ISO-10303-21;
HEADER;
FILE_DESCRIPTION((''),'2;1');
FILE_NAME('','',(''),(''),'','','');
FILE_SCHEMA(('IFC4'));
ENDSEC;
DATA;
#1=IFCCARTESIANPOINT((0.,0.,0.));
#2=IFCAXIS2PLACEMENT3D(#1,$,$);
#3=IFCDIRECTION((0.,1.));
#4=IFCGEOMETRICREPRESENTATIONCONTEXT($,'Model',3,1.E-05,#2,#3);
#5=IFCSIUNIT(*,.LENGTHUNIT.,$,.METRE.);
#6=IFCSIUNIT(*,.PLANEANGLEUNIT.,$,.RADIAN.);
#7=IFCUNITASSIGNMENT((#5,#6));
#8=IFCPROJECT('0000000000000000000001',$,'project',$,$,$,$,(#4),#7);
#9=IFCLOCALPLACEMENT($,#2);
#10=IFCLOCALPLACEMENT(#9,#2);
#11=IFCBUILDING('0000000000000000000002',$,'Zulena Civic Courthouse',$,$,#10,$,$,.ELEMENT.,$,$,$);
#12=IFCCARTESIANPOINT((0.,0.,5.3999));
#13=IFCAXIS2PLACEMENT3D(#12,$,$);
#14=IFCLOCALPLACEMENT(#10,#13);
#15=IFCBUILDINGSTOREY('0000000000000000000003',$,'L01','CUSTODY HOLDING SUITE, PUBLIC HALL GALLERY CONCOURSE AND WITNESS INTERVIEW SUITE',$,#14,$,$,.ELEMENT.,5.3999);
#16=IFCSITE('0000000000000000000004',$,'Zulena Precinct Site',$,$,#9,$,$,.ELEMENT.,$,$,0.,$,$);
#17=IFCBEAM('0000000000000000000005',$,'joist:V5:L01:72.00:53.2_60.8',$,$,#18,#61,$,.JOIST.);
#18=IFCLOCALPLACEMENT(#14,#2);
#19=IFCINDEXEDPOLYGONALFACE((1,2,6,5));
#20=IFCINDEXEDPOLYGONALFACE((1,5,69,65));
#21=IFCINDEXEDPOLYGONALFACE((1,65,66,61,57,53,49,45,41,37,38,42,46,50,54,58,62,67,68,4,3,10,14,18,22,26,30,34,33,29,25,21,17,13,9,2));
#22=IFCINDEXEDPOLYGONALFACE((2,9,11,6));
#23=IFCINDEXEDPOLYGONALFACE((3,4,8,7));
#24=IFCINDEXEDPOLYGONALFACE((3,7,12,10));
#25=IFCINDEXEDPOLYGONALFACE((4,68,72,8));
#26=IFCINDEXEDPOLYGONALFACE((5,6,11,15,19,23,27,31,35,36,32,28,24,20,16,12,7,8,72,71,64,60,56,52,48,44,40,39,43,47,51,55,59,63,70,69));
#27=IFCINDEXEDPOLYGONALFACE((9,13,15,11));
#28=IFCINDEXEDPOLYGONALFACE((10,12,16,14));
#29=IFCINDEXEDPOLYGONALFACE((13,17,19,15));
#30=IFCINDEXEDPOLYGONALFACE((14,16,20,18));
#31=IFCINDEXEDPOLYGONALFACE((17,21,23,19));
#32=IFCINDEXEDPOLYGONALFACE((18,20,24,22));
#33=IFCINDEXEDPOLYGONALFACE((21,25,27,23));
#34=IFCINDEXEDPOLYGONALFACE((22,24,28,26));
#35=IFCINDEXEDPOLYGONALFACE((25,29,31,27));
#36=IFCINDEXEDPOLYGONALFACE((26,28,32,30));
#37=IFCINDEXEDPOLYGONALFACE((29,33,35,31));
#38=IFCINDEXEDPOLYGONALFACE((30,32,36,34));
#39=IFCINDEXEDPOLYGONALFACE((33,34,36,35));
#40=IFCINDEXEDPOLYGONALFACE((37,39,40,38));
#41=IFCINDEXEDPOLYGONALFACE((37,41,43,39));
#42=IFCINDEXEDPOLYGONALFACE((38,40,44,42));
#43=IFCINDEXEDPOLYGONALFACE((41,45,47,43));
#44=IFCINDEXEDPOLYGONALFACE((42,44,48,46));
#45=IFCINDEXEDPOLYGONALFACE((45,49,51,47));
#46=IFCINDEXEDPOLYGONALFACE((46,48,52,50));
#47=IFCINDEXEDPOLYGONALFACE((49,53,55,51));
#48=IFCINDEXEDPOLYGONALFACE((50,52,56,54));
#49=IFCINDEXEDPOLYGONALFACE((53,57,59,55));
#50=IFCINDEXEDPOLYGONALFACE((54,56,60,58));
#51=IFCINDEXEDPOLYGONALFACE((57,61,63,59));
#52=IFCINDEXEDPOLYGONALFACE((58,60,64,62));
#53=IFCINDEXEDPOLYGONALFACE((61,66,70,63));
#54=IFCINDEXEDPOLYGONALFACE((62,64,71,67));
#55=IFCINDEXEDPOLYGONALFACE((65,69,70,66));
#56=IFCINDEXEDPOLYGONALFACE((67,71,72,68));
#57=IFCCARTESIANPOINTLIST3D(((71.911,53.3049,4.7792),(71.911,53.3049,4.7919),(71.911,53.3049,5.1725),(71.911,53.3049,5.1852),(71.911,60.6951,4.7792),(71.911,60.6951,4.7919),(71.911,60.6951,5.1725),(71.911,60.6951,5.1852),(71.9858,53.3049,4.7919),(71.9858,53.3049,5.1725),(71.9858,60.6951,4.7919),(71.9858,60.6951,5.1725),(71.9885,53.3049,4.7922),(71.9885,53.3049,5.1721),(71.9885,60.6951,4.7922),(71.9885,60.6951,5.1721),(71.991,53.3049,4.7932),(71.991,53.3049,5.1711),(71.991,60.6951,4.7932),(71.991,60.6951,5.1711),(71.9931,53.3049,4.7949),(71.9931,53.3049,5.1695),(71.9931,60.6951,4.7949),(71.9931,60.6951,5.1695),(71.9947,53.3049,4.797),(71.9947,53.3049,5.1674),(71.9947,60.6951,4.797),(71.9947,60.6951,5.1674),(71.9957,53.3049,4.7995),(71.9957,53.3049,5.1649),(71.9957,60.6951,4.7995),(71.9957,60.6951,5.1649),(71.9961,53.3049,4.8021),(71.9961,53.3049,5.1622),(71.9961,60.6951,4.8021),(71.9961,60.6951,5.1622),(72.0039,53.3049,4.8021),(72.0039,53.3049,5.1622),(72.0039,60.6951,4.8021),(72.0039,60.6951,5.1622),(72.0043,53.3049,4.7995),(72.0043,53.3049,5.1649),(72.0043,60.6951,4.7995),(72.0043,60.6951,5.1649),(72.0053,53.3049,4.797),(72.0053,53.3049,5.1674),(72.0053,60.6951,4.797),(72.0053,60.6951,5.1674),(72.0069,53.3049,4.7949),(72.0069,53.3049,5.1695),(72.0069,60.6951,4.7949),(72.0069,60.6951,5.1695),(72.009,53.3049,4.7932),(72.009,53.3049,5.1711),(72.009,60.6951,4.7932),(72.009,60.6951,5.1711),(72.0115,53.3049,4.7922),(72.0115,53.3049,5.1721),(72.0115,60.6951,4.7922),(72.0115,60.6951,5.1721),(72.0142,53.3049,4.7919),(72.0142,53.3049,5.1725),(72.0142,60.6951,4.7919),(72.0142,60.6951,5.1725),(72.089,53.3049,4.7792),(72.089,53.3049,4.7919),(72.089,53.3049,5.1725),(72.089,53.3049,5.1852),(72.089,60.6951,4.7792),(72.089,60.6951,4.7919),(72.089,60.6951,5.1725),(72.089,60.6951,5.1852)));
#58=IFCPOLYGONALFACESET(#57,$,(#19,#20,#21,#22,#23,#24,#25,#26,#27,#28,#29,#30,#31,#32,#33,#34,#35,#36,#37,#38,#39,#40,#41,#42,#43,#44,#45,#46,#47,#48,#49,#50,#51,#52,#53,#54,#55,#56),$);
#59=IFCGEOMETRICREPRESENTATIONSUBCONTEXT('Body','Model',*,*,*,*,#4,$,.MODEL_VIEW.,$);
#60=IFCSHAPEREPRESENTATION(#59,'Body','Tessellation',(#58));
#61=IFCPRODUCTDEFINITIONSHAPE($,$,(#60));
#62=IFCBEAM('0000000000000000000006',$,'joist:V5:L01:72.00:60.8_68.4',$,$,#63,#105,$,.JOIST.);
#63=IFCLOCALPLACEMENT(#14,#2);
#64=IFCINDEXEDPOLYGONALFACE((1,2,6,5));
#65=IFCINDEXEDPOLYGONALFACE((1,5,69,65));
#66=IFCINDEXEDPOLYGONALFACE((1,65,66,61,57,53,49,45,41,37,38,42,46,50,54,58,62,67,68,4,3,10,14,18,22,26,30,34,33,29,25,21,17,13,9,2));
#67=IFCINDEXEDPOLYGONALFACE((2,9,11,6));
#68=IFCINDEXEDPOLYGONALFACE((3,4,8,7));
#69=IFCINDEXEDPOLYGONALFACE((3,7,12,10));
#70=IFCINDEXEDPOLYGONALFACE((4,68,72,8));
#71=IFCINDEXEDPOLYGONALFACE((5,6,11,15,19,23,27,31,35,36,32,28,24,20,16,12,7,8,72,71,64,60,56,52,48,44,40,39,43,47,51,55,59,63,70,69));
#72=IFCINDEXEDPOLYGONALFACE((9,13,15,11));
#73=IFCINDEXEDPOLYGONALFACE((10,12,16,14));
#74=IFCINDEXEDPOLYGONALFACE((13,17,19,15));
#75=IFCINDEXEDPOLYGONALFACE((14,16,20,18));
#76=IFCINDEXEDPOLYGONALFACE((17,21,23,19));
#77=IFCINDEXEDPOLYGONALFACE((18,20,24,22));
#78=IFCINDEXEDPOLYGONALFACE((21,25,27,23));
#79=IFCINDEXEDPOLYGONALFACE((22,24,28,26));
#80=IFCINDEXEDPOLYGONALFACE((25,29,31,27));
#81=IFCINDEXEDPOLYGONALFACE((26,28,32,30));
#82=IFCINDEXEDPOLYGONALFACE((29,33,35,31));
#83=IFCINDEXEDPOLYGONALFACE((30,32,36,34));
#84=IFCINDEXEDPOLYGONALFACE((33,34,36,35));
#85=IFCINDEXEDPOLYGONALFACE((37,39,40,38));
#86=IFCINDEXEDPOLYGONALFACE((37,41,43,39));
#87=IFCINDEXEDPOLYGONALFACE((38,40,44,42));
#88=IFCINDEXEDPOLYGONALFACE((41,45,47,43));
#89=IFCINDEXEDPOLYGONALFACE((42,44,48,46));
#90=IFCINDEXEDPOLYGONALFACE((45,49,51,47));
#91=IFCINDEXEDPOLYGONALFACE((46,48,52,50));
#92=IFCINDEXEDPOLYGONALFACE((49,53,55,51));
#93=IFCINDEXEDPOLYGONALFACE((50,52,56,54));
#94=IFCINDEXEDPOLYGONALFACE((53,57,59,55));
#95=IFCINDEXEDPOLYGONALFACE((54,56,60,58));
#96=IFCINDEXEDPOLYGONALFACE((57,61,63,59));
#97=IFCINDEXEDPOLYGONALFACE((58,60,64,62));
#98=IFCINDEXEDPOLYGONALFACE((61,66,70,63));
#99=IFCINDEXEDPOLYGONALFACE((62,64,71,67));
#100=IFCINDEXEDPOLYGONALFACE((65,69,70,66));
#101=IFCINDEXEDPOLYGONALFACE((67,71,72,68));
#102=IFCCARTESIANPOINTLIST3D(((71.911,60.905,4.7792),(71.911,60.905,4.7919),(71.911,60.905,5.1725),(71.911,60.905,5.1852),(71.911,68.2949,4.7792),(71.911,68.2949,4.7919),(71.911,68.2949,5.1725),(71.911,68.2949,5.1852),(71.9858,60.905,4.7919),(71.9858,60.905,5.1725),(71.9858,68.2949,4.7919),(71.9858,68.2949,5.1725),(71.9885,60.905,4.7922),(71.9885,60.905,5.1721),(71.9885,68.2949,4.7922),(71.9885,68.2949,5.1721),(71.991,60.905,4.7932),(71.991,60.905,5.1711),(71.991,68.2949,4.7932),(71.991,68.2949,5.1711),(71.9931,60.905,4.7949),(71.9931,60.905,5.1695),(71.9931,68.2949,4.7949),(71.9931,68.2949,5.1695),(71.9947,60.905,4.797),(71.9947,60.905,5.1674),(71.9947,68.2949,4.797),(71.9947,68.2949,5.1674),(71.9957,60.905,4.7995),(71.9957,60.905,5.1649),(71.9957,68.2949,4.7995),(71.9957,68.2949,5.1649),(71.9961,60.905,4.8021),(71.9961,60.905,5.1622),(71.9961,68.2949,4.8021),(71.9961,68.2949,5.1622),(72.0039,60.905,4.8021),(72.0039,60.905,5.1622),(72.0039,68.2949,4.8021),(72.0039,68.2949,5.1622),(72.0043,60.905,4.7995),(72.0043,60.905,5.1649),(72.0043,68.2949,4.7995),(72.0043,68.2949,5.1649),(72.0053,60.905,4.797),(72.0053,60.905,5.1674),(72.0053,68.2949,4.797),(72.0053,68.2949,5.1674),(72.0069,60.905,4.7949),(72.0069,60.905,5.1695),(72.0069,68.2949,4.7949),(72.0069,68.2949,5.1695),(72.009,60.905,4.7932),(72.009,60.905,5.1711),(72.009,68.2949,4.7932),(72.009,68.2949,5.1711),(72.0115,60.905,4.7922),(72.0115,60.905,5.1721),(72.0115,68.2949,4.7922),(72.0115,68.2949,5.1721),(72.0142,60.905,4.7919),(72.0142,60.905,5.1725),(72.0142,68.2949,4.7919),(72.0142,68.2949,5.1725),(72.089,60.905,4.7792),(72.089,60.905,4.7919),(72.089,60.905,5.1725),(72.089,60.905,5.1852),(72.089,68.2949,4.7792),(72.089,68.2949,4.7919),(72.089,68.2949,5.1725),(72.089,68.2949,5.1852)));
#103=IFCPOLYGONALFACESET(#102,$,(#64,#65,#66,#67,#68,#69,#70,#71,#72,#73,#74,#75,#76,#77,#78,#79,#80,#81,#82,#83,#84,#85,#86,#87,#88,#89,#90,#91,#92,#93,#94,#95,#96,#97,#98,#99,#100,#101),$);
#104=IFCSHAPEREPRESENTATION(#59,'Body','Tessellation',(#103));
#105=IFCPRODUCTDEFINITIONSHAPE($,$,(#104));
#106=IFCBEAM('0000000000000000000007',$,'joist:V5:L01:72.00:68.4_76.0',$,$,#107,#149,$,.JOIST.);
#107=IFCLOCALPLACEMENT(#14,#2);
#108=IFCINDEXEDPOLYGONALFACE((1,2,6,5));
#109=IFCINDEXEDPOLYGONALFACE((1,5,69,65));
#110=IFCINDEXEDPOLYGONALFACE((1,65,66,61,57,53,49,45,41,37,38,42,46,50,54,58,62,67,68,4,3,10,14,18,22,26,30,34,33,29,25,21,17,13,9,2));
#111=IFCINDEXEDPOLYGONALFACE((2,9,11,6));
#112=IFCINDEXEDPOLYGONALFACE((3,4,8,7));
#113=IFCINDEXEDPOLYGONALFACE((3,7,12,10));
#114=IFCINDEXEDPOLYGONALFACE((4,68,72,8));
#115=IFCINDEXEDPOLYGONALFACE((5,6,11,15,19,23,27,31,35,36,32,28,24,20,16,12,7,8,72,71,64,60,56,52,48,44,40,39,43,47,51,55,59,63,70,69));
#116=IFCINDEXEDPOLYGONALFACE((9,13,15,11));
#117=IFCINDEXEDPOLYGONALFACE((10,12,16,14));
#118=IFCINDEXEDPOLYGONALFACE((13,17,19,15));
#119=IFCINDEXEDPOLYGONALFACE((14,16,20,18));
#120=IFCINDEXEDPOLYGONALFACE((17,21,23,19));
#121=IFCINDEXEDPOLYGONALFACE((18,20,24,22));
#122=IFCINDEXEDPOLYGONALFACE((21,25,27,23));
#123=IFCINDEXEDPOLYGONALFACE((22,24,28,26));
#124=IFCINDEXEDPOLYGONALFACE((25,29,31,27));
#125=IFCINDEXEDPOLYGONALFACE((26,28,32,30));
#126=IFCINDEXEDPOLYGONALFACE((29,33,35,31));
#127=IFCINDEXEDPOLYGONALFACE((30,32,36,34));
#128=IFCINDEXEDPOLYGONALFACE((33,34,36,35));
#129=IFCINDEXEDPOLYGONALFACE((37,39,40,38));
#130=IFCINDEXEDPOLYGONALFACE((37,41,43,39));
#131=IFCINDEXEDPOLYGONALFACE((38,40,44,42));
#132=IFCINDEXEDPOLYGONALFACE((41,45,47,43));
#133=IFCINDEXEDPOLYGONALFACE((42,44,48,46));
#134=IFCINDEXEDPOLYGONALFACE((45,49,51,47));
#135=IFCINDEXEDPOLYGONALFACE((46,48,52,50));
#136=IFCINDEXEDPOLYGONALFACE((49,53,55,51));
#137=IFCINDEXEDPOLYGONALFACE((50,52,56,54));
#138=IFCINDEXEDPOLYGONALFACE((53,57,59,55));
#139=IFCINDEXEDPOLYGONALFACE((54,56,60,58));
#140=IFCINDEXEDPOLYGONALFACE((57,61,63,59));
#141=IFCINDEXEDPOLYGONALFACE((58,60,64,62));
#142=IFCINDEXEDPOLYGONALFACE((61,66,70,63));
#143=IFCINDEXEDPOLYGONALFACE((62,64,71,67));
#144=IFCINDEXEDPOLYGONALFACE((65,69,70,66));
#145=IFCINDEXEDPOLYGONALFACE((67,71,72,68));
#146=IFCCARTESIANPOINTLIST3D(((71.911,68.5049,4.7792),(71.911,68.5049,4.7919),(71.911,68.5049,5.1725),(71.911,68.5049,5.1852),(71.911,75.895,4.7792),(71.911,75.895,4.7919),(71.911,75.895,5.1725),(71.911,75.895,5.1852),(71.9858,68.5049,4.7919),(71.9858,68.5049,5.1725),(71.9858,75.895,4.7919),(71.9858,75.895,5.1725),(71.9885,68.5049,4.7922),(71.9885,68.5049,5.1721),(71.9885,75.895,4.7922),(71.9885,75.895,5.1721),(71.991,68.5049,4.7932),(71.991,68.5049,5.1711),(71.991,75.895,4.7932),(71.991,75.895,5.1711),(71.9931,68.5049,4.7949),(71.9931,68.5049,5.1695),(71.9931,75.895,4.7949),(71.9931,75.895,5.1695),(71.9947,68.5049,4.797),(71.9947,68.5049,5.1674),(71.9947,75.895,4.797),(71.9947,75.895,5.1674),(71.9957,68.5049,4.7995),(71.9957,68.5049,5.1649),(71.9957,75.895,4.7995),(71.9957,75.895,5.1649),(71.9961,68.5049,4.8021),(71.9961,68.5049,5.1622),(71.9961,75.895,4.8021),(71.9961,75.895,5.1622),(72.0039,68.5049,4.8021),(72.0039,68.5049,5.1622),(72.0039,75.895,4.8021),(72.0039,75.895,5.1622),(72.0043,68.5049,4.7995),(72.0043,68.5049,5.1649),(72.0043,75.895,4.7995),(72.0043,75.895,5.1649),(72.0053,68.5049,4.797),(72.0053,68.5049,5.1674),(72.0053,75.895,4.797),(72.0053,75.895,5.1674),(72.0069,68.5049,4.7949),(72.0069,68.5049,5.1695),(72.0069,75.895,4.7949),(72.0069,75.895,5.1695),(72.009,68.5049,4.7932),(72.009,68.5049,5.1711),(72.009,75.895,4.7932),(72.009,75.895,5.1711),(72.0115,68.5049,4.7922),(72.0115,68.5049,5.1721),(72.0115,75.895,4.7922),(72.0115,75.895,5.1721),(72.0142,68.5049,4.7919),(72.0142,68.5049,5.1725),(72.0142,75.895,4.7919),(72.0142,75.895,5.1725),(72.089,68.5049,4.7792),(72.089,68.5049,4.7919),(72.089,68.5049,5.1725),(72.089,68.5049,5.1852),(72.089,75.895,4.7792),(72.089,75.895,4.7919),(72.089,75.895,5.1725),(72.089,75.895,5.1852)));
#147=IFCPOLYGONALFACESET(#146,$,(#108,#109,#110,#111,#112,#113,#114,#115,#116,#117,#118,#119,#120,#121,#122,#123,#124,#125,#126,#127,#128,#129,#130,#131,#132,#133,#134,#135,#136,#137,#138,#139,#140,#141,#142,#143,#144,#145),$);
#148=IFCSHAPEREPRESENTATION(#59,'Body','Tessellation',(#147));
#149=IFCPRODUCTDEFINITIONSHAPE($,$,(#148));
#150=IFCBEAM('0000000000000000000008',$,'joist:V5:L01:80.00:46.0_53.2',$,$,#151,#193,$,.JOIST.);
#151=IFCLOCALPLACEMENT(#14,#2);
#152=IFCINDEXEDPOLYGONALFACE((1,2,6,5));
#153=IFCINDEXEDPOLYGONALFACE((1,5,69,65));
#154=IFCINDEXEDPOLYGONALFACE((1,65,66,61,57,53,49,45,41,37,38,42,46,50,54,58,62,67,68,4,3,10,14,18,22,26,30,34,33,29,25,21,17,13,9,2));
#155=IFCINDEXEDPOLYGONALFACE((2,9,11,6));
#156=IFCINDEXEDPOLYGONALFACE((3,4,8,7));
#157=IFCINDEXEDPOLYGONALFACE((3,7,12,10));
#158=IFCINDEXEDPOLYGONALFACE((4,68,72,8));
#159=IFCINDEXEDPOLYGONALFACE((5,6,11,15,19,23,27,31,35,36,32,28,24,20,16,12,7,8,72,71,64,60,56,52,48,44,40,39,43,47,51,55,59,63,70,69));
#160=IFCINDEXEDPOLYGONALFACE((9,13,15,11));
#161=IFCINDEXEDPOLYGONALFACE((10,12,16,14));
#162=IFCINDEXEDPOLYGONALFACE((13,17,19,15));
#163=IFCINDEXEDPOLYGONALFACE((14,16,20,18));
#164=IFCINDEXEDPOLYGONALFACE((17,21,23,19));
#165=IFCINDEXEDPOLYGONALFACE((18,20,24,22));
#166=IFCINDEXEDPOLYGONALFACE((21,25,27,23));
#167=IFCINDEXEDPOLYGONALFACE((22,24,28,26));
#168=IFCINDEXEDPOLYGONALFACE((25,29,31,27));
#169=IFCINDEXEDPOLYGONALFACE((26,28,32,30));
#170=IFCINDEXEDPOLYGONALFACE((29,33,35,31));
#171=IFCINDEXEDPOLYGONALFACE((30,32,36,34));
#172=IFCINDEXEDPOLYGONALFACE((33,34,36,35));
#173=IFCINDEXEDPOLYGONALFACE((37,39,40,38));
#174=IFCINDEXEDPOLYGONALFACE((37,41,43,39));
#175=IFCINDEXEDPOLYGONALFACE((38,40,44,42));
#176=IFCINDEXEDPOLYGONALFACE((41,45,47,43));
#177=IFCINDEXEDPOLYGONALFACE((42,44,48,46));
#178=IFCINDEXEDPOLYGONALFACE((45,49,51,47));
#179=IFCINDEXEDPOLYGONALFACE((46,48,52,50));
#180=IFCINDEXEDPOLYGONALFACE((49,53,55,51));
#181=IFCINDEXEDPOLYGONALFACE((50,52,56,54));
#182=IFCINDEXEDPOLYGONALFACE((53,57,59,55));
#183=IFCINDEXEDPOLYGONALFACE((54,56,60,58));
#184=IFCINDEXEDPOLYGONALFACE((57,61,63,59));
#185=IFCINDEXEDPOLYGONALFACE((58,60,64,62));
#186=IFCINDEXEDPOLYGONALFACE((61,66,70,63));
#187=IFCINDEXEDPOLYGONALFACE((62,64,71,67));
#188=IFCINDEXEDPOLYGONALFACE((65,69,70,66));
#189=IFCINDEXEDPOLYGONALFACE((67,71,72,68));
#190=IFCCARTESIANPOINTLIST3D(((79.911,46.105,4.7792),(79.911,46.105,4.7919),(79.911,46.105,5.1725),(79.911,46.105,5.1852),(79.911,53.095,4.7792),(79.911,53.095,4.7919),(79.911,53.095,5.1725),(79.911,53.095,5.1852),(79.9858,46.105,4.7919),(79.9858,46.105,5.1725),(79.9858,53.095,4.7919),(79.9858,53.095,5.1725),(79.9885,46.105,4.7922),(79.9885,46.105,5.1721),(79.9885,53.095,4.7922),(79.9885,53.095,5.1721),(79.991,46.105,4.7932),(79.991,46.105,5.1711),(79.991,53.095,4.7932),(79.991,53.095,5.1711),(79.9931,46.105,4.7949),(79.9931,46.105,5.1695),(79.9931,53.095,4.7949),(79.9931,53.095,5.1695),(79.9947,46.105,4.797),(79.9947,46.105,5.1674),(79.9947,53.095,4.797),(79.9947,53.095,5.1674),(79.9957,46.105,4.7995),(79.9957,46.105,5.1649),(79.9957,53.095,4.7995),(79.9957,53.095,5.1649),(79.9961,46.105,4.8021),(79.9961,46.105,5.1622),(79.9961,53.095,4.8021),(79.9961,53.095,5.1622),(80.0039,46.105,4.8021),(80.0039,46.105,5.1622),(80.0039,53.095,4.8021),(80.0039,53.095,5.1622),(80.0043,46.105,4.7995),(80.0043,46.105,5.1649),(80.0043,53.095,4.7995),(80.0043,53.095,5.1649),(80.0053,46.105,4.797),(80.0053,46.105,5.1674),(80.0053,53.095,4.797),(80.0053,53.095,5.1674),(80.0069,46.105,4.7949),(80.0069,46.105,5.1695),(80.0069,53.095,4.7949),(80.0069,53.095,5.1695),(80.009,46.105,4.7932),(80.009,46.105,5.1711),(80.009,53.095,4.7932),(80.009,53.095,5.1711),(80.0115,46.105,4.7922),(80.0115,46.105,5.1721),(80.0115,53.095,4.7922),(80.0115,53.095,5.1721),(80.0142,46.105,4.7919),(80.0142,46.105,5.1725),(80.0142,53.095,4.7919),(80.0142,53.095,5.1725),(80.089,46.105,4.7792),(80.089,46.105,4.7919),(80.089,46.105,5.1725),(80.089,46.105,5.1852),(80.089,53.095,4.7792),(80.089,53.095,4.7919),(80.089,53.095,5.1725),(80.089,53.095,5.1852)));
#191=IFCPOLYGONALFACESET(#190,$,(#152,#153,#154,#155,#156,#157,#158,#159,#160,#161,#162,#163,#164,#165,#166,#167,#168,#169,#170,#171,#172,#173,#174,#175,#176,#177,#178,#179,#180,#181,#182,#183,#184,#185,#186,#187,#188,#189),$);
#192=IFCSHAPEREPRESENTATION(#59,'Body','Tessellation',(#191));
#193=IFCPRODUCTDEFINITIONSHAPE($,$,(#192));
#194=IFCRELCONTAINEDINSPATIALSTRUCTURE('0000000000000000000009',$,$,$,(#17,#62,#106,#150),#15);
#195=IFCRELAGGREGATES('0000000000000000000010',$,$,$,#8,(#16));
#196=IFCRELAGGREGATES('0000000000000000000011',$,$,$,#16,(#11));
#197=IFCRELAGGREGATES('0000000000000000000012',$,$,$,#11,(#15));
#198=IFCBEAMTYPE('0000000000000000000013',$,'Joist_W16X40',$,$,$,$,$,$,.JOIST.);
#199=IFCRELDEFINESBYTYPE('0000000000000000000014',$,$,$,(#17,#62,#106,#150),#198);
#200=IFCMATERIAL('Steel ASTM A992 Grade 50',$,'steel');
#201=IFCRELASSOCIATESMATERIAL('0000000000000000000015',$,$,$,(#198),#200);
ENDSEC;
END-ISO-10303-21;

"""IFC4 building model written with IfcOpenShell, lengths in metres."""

from ifc_helpers import new_model, si_unit, direction, frame, origin, origin_2d, place, context, subcontext, project, spatial, i_section, extrude, material, material_profile, profile_set, type_object, element, save


model = new_model("IFC4")

# Units and contexts
model_context = context("Model", 3, precision=1e-05, world=origin(), true_north=direction((0.0, 1.0)))
body_context = subcontext(model_context, "Body", "Model", "MODEL_VIEW")
ifc_project = project(units=[si_unit("LENGTHUNIT", "METRE"), si_unit("PLANEANGLEUNIT", "RADIAN")], contexts=[model_context])

# Site, building, storey
site_placement = place(None, origin())
site = spatial("IfcSite", under=ifc_project, at=site_placement, Name="Zulena Precinct Site", CompositionType="ELEMENT", RefElevation=0.0)
building_placement = place(site_placement, origin())
building = spatial("IfcBuilding", under=site, at=building_placement, Name="Zulena Civic Courthouse", CompositionType="ELEMENT")
storey_placement = place(building_placement, frame((0.0, 0.0, 5.3999)))
storey = spatial("IfcBuildingStorey", under=building, at=storey_placement, Name="L01", Description="CUSTODY HOLDING SUITE, PUBLIC HALL GALLERY CONCOURSE AND WITNESS INTERVIEW SUITE", CompositionType="ELEMENT", Elevation=5.3999)

# Shared definitions
ifc_material_1 = material(Name="Steel ASTM A992 Grade 50", Category="steel")

# Beams
ifc_material_profile_1 = material_profile(ifc_material_1, i_section(OverallWidth=0.178, OverallDepth=0.406, WebThickness=0.0078, FlangeThickness=0.0127, FilletRadius=0.0103, at=origin_2d()), Name="W16X40")
ifc_profile_set_1 = profile_set([ifc_material_profile_1], Name="Steel ASTM A992 Grade 50")
beam_type_1 = type_object("IfcBeamType", Name="Joist_W16X40", PredefinedType="JOIST", material=ifc_profile_set_1)
beam_1_placement = place(storey_placement, frame((72.0, 53.3049, 4.9822), z_axis=(0.0, 1.0, 0.0), x_axis=(-1.0, 0.0, 0.0)))
element("IfcBeam", 1, at=beam_1_placement, inside=storey, type_object=beam_type_1, Name="joist:V5:L01:72.00:53.2_60.8", PredefinedType="JOIST", context=body_context, shape_type="SweptSolid", body=[
    extrude(i_section(OverallWidth=0.178, OverallDepth=0.406, WebThickness=0.0078, FlangeThickness=0.0127, FilletRadius=0.0103, at=origin_2d()), origin(), (0.0, 0.0, 1.0), 7.3901),
])
beam_2_placement = place(storey_placement, frame((72.0, 60.905, 4.9822), z_axis=(0.0, 1.0, 0.0), x_axis=(-1.0, 0.0, 0.0)))
element("IfcBeam", 2, at=beam_2_placement, inside=storey, type_object=beam_type_1, Name="joist:V5:L01:72.00:60.8_68.4", PredefinedType="JOIST", context=body_context, shape_type="SweptSolid", body=[
    extrude(i_section(OverallWidth=0.178, OverallDepth=0.406, WebThickness=0.0078, FlangeThickness=0.0127, FilletRadius=0.0103, at=origin_2d()), origin(), (0.0, 0.0, 1.0), 7.3899),
])
beam_3_placement = place(storey_placement, frame((72.0, 68.5049, 4.9822), z_axis=(0.0, 1.0, 0.0), x_axis=(-1.0, 0.0, 0.0)))
element("IfcBeam", 3, at=beam_3_placement, inside=storey, type_object=beam_type_1, Name="joist:V5:L01:72.00:68.4_76.0", PredefinedType="JOIST", context=body_context, shape_type="SweptSolid", body=[
    extrude(i_section(OverallWidth=0.178, OverallDepth=0.406, WebThickness=0.0078, FlangeThickness=0.0127, FilletRadius=0.0103, at=origin_2d()), origin(), (0.0, 0.0, 1.0), 7.3901),
])
beam_4_placement = place(storey_placement, frame((80.0, 46.105, 4.9822), z_axis=(0.0, 1.0, 0.0), x_axis=(-1.0, 0.0, 0.0)))
element("IfcBeam", 4, at=beam_4_placement, inside=storey, type_object=beam_type_1, Name="joist:V5:L01:80.00:46.0_53.2", PredefinedType="JOIST", context=body_context, shape_type="SweptSolid", body=[
    extrude(i_section(OverallWidth=0.178, OverallDepth=0.406, WebThickness=0.0078, FlangeThickness=0.0127, FilletRadius=0.0103, at=origin_2d()), origin(), (0.0, 0.0, 1.0), 6.99),
])

save(model, "model.ifc")
